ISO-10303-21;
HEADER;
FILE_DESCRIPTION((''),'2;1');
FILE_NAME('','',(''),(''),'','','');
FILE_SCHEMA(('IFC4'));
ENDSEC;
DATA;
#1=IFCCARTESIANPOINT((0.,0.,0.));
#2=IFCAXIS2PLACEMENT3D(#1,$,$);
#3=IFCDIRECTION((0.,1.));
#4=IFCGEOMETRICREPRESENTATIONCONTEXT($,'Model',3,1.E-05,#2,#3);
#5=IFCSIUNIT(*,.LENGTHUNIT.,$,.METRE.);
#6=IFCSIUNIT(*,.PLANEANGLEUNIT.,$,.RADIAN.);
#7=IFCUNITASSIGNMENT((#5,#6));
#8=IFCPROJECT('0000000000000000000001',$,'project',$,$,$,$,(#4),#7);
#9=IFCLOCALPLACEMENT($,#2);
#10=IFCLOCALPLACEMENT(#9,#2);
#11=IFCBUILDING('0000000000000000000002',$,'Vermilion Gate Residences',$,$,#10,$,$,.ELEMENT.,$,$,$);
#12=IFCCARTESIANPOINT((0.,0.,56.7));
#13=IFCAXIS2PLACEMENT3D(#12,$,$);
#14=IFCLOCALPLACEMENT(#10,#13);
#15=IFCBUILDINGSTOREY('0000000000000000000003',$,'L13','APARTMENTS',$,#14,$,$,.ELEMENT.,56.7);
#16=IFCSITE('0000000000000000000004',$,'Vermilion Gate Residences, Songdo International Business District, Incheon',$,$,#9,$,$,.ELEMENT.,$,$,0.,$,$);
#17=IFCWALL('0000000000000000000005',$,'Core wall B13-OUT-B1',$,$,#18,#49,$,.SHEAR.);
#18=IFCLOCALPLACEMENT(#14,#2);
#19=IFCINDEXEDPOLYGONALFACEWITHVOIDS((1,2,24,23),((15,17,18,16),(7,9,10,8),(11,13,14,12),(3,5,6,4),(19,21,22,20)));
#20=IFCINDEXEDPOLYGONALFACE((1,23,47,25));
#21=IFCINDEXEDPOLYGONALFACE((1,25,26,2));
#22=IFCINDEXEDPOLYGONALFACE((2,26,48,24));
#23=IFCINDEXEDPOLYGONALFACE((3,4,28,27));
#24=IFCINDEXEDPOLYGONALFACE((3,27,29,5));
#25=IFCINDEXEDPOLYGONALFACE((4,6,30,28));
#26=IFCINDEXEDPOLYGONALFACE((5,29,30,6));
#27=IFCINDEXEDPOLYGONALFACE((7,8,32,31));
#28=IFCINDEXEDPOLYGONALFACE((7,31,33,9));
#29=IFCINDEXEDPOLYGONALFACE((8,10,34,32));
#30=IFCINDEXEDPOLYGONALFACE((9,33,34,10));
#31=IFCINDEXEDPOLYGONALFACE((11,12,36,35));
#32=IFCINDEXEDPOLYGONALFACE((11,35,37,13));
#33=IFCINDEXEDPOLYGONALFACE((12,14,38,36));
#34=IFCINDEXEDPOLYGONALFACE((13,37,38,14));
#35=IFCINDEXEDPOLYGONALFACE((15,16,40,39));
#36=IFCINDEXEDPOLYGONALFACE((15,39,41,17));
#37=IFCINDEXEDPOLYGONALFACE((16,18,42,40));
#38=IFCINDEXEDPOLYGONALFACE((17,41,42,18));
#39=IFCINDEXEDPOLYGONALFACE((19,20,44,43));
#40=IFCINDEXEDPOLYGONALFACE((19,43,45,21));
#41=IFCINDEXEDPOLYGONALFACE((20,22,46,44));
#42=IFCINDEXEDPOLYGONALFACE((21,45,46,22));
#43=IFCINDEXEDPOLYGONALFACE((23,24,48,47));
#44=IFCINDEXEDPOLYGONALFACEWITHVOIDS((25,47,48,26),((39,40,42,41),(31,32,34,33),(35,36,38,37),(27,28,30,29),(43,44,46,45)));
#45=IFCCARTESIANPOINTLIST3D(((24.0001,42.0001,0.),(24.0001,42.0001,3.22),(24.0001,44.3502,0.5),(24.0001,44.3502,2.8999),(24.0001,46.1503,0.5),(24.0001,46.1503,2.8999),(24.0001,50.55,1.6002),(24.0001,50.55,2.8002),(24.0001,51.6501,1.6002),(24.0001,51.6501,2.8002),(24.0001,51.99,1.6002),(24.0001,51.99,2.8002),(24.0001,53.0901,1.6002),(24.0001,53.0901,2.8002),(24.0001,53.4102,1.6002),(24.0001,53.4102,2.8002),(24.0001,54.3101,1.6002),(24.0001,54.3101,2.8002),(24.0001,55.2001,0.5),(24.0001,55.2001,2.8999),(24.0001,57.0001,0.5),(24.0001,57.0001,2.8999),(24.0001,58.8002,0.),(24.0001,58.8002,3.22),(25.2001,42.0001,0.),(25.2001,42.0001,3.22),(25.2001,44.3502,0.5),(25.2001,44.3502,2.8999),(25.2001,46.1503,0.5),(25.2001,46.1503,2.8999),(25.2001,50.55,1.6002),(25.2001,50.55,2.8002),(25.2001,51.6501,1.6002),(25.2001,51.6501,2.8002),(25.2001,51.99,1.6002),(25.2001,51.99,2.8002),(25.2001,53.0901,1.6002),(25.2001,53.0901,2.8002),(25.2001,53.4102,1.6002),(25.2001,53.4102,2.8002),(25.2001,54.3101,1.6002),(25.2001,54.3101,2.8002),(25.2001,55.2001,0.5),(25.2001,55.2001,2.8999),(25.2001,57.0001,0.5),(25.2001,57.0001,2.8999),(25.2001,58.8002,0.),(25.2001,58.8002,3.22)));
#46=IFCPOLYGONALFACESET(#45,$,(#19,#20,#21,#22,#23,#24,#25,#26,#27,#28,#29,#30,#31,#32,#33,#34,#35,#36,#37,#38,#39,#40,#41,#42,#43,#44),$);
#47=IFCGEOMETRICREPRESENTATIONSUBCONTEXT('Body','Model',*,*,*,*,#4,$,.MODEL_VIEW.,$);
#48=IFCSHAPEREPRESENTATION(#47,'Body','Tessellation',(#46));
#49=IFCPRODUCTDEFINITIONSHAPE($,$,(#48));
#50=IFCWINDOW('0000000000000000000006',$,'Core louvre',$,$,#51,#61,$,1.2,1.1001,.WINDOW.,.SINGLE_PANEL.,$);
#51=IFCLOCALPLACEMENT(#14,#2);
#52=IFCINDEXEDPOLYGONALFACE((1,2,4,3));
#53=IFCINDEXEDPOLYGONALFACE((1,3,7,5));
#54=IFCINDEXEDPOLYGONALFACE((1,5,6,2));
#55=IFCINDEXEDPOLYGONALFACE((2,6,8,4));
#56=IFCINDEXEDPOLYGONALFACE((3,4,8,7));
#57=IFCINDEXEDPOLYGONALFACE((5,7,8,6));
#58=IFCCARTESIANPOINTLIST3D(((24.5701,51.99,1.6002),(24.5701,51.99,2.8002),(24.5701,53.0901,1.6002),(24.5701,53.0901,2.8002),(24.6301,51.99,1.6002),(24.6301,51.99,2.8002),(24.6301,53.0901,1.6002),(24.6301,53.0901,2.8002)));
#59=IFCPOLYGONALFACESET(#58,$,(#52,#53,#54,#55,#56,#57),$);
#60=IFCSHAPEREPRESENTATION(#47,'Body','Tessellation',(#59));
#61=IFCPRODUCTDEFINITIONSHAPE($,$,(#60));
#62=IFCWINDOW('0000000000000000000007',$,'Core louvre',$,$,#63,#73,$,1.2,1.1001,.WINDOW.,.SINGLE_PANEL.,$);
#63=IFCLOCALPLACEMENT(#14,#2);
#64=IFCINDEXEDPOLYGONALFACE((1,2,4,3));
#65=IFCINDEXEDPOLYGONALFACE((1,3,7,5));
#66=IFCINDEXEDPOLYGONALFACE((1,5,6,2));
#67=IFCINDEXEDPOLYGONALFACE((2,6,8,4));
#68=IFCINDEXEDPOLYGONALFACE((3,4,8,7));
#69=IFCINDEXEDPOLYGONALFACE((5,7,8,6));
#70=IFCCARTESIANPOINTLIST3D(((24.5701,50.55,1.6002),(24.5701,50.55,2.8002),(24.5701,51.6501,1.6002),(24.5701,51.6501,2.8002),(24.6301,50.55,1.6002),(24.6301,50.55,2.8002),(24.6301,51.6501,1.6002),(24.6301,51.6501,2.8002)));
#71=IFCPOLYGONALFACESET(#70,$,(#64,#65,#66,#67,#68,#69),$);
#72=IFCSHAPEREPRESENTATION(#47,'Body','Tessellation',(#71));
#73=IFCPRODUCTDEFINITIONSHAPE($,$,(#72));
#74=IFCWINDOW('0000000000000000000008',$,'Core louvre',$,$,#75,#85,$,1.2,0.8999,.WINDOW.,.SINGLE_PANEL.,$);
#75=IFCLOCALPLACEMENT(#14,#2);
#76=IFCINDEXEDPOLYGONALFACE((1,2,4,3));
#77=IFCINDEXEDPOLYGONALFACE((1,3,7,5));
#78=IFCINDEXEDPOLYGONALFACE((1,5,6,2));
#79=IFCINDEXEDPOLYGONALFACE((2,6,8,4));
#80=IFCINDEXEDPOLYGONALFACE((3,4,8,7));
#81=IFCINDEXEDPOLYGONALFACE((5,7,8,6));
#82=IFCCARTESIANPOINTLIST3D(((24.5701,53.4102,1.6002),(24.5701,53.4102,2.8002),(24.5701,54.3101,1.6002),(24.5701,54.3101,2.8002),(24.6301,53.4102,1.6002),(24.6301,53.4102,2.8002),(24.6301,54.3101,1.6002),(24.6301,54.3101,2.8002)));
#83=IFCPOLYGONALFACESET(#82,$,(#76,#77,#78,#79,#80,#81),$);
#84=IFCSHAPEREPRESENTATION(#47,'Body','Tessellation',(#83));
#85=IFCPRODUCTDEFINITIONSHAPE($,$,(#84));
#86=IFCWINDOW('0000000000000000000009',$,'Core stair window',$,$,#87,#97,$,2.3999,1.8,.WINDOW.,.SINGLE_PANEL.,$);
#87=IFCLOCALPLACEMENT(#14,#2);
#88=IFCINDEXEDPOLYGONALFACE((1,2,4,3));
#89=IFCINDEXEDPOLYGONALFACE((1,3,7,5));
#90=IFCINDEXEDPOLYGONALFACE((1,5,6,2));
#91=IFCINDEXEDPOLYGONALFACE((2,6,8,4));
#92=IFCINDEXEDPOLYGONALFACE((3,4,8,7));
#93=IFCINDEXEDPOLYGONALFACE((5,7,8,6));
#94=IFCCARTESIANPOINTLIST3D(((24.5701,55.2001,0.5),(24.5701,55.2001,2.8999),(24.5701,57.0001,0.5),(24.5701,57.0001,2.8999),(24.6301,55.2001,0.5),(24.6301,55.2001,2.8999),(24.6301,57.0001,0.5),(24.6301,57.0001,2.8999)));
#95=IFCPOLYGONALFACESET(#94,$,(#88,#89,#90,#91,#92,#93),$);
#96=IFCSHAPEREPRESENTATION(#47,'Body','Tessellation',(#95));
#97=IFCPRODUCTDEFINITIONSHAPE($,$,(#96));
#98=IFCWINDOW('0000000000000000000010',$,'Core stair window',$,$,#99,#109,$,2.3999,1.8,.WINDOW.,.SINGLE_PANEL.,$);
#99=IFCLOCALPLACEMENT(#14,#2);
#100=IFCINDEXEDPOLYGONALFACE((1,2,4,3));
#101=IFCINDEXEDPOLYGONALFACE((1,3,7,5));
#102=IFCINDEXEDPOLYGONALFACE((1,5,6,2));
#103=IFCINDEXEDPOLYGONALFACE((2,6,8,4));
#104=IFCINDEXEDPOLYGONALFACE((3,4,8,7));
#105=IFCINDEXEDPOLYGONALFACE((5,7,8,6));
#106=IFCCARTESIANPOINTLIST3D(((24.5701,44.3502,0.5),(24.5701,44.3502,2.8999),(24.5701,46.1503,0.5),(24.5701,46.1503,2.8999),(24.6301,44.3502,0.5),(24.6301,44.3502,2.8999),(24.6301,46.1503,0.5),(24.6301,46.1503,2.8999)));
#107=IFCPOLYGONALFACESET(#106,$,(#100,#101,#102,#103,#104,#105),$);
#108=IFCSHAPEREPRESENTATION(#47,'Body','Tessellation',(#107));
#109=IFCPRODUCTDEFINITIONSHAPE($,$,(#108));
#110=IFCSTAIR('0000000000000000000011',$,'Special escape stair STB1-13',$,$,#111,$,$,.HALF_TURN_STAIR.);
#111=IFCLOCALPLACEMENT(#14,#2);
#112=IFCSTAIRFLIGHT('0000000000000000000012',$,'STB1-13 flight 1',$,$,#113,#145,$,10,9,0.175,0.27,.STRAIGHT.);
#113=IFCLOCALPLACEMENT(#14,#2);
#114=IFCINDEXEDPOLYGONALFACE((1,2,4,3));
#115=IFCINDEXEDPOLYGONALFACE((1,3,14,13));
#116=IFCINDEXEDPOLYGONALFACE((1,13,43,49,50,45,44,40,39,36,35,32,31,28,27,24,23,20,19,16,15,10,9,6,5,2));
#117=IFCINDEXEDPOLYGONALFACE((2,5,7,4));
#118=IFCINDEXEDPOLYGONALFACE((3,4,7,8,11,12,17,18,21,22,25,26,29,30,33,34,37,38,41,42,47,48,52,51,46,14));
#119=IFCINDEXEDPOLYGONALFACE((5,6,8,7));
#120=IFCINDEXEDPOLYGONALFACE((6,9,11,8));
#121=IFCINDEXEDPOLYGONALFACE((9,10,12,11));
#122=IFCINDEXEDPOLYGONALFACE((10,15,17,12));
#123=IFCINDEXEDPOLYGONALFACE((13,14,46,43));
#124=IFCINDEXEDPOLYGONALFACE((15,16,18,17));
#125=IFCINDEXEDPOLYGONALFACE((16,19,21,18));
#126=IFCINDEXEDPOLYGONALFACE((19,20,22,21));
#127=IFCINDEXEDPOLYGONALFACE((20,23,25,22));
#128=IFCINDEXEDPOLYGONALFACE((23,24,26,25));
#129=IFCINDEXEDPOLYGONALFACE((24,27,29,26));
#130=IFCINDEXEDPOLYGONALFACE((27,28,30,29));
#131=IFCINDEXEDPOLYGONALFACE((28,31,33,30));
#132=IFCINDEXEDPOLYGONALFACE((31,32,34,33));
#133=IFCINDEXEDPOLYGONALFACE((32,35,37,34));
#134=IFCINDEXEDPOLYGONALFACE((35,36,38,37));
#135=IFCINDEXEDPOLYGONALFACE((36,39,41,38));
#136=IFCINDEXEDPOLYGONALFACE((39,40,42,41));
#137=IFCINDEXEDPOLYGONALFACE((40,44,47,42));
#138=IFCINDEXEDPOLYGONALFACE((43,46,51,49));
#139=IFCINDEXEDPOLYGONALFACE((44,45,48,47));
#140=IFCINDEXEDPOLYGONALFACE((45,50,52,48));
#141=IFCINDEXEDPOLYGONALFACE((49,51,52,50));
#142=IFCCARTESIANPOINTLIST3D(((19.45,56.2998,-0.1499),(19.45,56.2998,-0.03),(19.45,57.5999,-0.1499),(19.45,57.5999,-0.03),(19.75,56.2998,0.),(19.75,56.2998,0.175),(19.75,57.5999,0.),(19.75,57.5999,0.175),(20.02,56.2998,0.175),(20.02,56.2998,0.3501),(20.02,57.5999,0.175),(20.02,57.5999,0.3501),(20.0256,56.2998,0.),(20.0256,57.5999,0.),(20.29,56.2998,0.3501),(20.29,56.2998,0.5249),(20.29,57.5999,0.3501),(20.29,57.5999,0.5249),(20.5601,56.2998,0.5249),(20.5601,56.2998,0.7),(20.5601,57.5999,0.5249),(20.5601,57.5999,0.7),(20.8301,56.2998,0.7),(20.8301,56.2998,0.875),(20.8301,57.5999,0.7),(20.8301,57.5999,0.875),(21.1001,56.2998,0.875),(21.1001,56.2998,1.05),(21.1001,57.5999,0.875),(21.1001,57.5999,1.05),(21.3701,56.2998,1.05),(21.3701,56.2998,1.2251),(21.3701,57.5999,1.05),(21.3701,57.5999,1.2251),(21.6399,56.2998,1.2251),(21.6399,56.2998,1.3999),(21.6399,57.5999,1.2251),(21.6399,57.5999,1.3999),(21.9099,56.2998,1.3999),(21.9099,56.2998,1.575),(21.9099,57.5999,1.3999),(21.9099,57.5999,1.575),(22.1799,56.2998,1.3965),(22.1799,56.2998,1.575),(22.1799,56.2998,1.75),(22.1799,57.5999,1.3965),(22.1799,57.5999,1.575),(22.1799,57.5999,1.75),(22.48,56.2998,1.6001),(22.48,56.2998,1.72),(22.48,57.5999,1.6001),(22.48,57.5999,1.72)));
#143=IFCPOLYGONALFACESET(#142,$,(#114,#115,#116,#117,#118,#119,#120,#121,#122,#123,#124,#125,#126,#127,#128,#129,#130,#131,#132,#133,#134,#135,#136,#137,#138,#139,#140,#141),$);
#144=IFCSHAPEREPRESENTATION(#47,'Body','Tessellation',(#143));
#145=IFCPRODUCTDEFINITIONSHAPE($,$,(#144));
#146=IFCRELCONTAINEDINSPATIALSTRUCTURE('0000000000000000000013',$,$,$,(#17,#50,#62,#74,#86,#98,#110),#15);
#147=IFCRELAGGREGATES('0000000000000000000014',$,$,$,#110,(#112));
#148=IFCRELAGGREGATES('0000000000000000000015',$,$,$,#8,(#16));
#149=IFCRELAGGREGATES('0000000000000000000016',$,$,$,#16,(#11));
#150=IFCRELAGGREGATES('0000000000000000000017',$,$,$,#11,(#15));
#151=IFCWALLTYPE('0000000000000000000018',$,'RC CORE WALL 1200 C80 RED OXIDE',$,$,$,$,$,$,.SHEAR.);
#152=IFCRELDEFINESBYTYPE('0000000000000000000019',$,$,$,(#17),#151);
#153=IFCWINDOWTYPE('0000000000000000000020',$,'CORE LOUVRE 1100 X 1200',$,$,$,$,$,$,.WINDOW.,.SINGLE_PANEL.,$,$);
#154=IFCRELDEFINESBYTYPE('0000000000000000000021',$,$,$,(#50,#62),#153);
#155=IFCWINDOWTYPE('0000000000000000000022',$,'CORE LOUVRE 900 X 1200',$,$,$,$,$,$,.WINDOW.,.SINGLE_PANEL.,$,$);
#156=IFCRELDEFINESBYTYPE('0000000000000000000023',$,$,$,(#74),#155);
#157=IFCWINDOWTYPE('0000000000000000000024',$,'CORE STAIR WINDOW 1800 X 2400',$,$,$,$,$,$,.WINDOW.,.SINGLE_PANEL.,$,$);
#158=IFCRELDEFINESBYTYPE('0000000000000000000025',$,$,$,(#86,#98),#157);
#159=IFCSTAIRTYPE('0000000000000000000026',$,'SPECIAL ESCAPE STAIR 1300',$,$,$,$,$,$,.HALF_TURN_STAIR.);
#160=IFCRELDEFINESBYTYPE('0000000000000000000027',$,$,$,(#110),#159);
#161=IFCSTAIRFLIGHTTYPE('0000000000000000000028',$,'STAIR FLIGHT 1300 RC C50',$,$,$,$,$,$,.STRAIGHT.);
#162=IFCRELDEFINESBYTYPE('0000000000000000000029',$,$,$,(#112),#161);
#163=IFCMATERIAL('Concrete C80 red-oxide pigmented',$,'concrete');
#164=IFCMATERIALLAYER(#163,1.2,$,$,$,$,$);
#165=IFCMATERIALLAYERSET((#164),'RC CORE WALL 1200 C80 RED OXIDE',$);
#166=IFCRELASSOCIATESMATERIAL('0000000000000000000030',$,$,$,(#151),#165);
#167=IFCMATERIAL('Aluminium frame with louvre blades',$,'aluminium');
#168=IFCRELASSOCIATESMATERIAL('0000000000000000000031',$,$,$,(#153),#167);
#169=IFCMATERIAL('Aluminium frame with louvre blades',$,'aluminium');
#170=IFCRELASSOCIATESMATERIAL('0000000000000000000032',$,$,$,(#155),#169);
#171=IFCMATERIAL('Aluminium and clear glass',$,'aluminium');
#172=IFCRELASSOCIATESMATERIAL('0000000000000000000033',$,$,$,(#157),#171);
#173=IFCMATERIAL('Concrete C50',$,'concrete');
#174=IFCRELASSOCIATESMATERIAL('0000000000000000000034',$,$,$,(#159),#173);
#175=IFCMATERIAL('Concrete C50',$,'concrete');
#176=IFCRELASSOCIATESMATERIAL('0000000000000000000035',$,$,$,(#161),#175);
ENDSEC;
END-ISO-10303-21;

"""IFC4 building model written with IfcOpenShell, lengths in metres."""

from ifc_helpers import new_model, si_unit, direction, frame, frame_2d, origin, place, context, subcontext, project, spatial, polyline, rectangle, outline, extrude, material, layer, layer_set, type_object, element, fill, aggregate, save


model = new_model("IFC4")

# Units and contexts
model_context = context("Model", 3, precision=1e-05, world=origin(), true_north=direction((0.0, 1.0)))
body_context = subcontext(model_context, "Body", "Model", "MODEL_VIEW")
ifc_project = project(units=[si_unit("LENGTHUNIT", "METRE"), si_unit("PLANEANGLEUNIT", "RADIAN")], contexts=[model_context])

# Site, building, storey
site_placement = place(None, origin())
site = spatial("IfcSite", under=ifc_project, at=site_placement, Name="Vermilion Gate Residences, Songdo International Business District, Incheon", CompositionType="ELEMENT", RefElevation=0.0)
building_placement = place(site_placement, origin())
building = spatial("IfcBuilding", under=site, at=building_placement, Name="Vermilion Gate Residences", CompositionType="ELEMENT")
storey_placement = place(building_placement, frame((0.0, 0.0, 56.7)))
storey = spatial("IfcBuildingStorey", under=building, at=storey_placement, Name="L13", Description="APARTMENTS", CompositionType="ELEMENT", Elevation=56.7)

# Wall, openings, windows
ifc_material_1 = material(Name="Concrete C80 red-oxide pigmented", Category="concrete")
ifc_layer_1 = layer(ifc_material_1, 1.2)
ifc_layer_set_1 = layer_set([ifc_layer_1], Name="RC CORE WALL 1200 C80 RED OXIDE")
wall_type_1 = type_object("IfcWallType", Name="RC CORE WALL 1200 C80 RED OXIDE", PredefinedType="SHEAR", material=ifc_layer_set_1)
wall_1_placement = place(storey_placement, frame((24.6001, 58.8, 0.0), z_axis=(0.0, 0.0, 1.0), x_axis=(0.0, -1.0, 0.0)))
wall_1 = element("IfcWall", 1, at=wall_1_placement, inside=storey, type_object=wall_type_1, Name="Core wall B13-OUT-B1", PredefinedType="SHEAR", context=body_context, shape_type="SweptSolid", body=[
    extrude(rectangle(XDim=16.8, YDim=1.2, at=frame_2d((8.3999, 0.0))), origin(), (0.0, 0.0, 1.0), 3.22),
])
opening_1_placement = place(wall_1_placement, frame((1.8, 0.0, 0.5)))
opening_1 = element("IfcOpeningElement", 2, at=opening_1_placement, cuts=wall_1, PredefinedType="OPENING", context=body_context, shape_type="SweptSolid", body=[
    extrude(rectangle(XDim=1.8, YDim=2.3999, at=frame_2d((0.8999, 1.2))), frame((0.0, 0.6099, 0.0), z_axis=(0.0, -1.0, 0.0), x_axis=(1.0, 0.0, 0.0)), (0.0, 0.0, 1.0), 1.22),
])
opening_2_placement = place(wall_1_placement, frame((4.49, 0.0, 1.6001)))
opening_2 = element("IfcOpeningElement", 3, at=opening_2_placement, cuts=wall_1, PredefinedType="OPENING", context=body_context, shape_type="SweptSolid", body=[
    extrude(rectangle(XDim=0.8999, YDim=1.2, at=frame_2d((0.45, 0.6001))), frame((0.0, 0.6099, 0.0), z_axis=(0.0, -1.0, 0.0), x_axis=(1.0, 0.0, 0.0)), (0.0, 0.0, 1.0), 1.22),
])
opening_3_placement = place(wall_1_placement, frame((5.71, 0.0, 1.6001)))
opening_3 = element("IfcOpeningElement", 4, at=opening_3_placement, cuts=wall_1, PredefinedType="OPENING", context=body_context, shape_type="SweptSolid", body=[
    extrude(rectangle(XDim=1.1001, YDim=1.2, at=frame_2d((0.55, 0.6001))), frame((0.0, 0.6099, 0.0), z_axis=(0.0, -1.0, 0.0), x_axis=(1.0, 0.0, 0.0)), (0.0, 0.0, 1.0), 1.22),
])
opening_4_placement = place(wall_1_placement, frame((7.1499, 0.0, 1.6001)))
opening_4 = element("IfcOpeningElement", 5, at=opening_4_placement, cuts=wall_1, PredefinedType="OPENING", context=body_context, shape_type="SweptSolid", body=[
    extrude(rectangle(XDim=1.1001, YDim=1.2, at=frame_2d((0.55, 0.6001))), frame((0.0, 0.6099, 0.0), z_axis=(0.0, -1.0, 0.0), x_axis=(1.0, 0.0, 0.0)), (0.0, 0.0, 1.0), 1.22),
])
opening_5_placement = place(wall_1_placement, frame((12.6499, 0.0, 0.5)))
opening_5 = element("IfcOpeningElement", 6, at=opening_5_placement, cuts=wall_1, PredefinedType="OPENING", context=body_context, shape_type="SweptSolid", body=[
    extrude(rectangle(XDim=1.8, YDim=2.3999, at=frame_2d((0.8999, 1.2))), frame((0.0, 0.6099, 0.0), z_axis=(0.0, -1.0, 0.0), x_axis=(1.0, 0.0, 0.0)), (0.0, 0.0, 1.0), 1.22),
])
ifc_material_2 = material(Name="Aluminium frame with louvre blades", Category="aluminium")
window_type_1 = type_object("IfcWindowType", Name="CORE LOUVRE 1100 X 1200", PartitioningType="SINGLE_PANEL", PredefinedType="WINDOW", material=ifc_material_2)
window_1_placement = place(opening_3_placement, origin())
window_1 = element("IfcWindow", 7, at=window_1_placement, inside=storey, type_object=window_type_1, Name="Core louvre", OverallHeight=1.2, OverallWidth=1.1001, PartitioningType="SINGLE_PANEL", PredefinedType="WINDOW", context=body_context, shape_type="SweptSolid", body=[
    extrude(rectangle(XDim=1.1001, YDim=1.2, at=frame_2d((0.55, 0.6001))), frame((0.0, 0.03, 0.0), z_axis=(0.0, -1.0, 0.0), x_axis=(1.0, 0.0, 0.0)), (0.0, 0.0, 1.0), 0.0601),
])
fill(opening_3, window_1)
window_2_placement = place(opening_4_placement, origin())
window_2 = element("IfcWindow", 8, at=window_2_placement, inside=storey, type_object=window_type_1, Name="Core louvre", OverallHeight=1.2, OverallWidth=1.1001, PartitioningType="SINGLE_PANEL", PredefinedType="WINDOW", context=body_context, shape_type="SweptSolid", body=[
    extrude(rectangle(XDim=1.1001, YDim=1.2, at=frame_2d((0.55, 0.6001))), frame((0.0, 0.03, 0.0), z_axis=(0.0, -1.0, 0.0), x_axis=(1.0, 0.0, 0.0)), (0.0, 0.0, 1.0), 0.0601),
])
fill(opening_4, window_2)
ifc_material_3 = material(Name="Aluminium frame with louvre blades", Category="aluminium")
window_type_2 = type_object("IfcWindowType", Name="CORE LOUVRE 900 X 1200", PartitioningType="SINGLE_PANEL", PredefinedType="WINDOW", material=ifc_material_3)
window_3_placement = place(opening_2_placement, origin())
window_3 = element("IfcWindow", 9, at=window_3_placement, inside=storey, type_object=window_type_2, Name="Core louvre", OverallHeight=1.2, OverallWidth=0.8999, PartitioningType="SINGLE_PANEL", PredefinedType="WINDOW", context=body_context, shape_type="SweptSolid", body=[
    extrude(rectangle(XDim=0.8999, YDim=1.2, at=frame_2d((0.45, 0.6001))), frame((0.0, 0.03, 0.0), z_axis=(0.0, -1.0, 0.0), x_axis=(1.0, 0.0, 0.0)), (0.0, 0.0, 1.0), 0.0601),
])
fill(opening_2, window_3)
ifc_material_4 = material(Name="Aluminium and clear glass", Category="aluminium")
window_type_3 = type_object("IfcWindowType", Name="CORE STAIR WINDOW 1800 X 2400", PartitioningType="SINGLE_PANEL", PredefinedType="WINDOW", material=ifc_material_4)
window_4_placement = place(opening_1_placement, origin())
window_4 = element("IfcWindow", 10, at=window_4_placement, inside=storey, type_object=window_type_3, Name="Core stair window", OverallHeight=2.3999, OverallWidth=1.8, PartitioningType="SINGLE_PANEL", PredefinedType="WINDOW", context=body_context, shape_type="SweptSolid", body=[
    extrude(rectangle(XDim=1.8, YDim=2.3999, at=frame_2d((0.8999, 1.2))), frame((0.0, 0.03, 0.0), z_axis=(0.0, -1.0, 0.0), x_axis=(1.0, 0.0, 0.0)), (0.0, 0.0, 1.0), 0.0601),
])
fill(opening_1, window_4)
window_5_placement = place(opening_5_placement, origin())
window_5 = element("IfcWindow", 11, at=window_5_placement, inside=storey, type_object=window_type_3, Name="Core stair window", OverallHeight=2.3999, OverallWidth=1.8, PartitioningType="SINGLE_PANEL", PredefinedType="WINDOW", context=body_context, shape_type="SweptSolid", body=[
    extrude(rectangle(XDim=1.8, YDim=2.3999, at=frame_2d((0.8999, 1.2))), frame((0.0, 0.03, 0.0), z_axis=(0.0, -1.0, 0.0), x_axis=(1.0, 0.0, 0.0)), (0.0, 0.0, 1.0), 0.0601),
])
fill(opening_5, window_5)

# Stair, stair flight
ifc_material_5 = material(Name="Concrete C50", Category="concrete")
stair_type = type_object("IfcStairType", Name="SPECIAL ESCAPE STAIR 1300", PredefinedType="HALF_TURN_STAIR", material=ifc_material_5)
stair_placement = place(storey_placement, origin())
stair = element("IfcStair", 12, at=stair_placement, inside=storey, type_object=stair_type, Name="Special escape stair STB1-13", PredefinedType="HALF_TURN_STAIR")
ifc_material_6 = material(Name="Concrete C50", Category="concrete")
stair_flight_type = type_object("IfcStairFlightType", Name="STAIR FLIGHT 1300 RC C50", PredefinedType="STRAIGHT", material=ifc_material_6)
stair_flight_1_placement = place(storey_placement, frame((19.75, 56.95, 0.0), z_axis=(0.0, 0.0, 1.0), x_axis=(1.0, 0.0, 0.0)))
stair_flight_1 = element("IfcStairFlight", 13, at=stair_flight_1_placement, type_object=stair_flight_type, Name="STB1-13 flight 1", NumberOfRisers=10, NumberOfTreads=9, PredefinedType="STRAIGHT", RiserHeight=0.175, TreadLength=0.27, context=body_context, shape_type="SweptSolid", body=[
    extrude(outline(polyline([(-0.3, -0.1499), (-0.3, -0.03), (0.0, 0.0), (0.0, 0.175), (0.27, 0.175), (0.27, 0.3501), (0.54, 0.3501), (0.54, 0.5249), (0.8101, 0.5249), (0.8101, 0.7), (1.0801, 0.7), (1.0801, 0.875), (1.3501, 0.875), (1.3501, 1.05), (1.6201, 1.05), (1.6201, 1.2251), (1.8899, 1.2251), (1.8899, 1.3999), (2.1599, 1.3999), (2.1599, 1.575), (2.4299, 1.575), (2.4299, 1.75), (2.73, 1.72), (2.73, 1.6001), (2.4299, 1.3965), (0.2756, 0.0), (-0.3, -0.1499)])), frame((0.0, 0.6499, 0.0), z_axis=(0.0, -1.0, 0.0), x_axis=(1.0, 0.0, 0.0)), (0.0, 0.0, 1.0), 1.3),
])
aggregate(stair, [stair_flight_1])

save(model, "model.ifc")
